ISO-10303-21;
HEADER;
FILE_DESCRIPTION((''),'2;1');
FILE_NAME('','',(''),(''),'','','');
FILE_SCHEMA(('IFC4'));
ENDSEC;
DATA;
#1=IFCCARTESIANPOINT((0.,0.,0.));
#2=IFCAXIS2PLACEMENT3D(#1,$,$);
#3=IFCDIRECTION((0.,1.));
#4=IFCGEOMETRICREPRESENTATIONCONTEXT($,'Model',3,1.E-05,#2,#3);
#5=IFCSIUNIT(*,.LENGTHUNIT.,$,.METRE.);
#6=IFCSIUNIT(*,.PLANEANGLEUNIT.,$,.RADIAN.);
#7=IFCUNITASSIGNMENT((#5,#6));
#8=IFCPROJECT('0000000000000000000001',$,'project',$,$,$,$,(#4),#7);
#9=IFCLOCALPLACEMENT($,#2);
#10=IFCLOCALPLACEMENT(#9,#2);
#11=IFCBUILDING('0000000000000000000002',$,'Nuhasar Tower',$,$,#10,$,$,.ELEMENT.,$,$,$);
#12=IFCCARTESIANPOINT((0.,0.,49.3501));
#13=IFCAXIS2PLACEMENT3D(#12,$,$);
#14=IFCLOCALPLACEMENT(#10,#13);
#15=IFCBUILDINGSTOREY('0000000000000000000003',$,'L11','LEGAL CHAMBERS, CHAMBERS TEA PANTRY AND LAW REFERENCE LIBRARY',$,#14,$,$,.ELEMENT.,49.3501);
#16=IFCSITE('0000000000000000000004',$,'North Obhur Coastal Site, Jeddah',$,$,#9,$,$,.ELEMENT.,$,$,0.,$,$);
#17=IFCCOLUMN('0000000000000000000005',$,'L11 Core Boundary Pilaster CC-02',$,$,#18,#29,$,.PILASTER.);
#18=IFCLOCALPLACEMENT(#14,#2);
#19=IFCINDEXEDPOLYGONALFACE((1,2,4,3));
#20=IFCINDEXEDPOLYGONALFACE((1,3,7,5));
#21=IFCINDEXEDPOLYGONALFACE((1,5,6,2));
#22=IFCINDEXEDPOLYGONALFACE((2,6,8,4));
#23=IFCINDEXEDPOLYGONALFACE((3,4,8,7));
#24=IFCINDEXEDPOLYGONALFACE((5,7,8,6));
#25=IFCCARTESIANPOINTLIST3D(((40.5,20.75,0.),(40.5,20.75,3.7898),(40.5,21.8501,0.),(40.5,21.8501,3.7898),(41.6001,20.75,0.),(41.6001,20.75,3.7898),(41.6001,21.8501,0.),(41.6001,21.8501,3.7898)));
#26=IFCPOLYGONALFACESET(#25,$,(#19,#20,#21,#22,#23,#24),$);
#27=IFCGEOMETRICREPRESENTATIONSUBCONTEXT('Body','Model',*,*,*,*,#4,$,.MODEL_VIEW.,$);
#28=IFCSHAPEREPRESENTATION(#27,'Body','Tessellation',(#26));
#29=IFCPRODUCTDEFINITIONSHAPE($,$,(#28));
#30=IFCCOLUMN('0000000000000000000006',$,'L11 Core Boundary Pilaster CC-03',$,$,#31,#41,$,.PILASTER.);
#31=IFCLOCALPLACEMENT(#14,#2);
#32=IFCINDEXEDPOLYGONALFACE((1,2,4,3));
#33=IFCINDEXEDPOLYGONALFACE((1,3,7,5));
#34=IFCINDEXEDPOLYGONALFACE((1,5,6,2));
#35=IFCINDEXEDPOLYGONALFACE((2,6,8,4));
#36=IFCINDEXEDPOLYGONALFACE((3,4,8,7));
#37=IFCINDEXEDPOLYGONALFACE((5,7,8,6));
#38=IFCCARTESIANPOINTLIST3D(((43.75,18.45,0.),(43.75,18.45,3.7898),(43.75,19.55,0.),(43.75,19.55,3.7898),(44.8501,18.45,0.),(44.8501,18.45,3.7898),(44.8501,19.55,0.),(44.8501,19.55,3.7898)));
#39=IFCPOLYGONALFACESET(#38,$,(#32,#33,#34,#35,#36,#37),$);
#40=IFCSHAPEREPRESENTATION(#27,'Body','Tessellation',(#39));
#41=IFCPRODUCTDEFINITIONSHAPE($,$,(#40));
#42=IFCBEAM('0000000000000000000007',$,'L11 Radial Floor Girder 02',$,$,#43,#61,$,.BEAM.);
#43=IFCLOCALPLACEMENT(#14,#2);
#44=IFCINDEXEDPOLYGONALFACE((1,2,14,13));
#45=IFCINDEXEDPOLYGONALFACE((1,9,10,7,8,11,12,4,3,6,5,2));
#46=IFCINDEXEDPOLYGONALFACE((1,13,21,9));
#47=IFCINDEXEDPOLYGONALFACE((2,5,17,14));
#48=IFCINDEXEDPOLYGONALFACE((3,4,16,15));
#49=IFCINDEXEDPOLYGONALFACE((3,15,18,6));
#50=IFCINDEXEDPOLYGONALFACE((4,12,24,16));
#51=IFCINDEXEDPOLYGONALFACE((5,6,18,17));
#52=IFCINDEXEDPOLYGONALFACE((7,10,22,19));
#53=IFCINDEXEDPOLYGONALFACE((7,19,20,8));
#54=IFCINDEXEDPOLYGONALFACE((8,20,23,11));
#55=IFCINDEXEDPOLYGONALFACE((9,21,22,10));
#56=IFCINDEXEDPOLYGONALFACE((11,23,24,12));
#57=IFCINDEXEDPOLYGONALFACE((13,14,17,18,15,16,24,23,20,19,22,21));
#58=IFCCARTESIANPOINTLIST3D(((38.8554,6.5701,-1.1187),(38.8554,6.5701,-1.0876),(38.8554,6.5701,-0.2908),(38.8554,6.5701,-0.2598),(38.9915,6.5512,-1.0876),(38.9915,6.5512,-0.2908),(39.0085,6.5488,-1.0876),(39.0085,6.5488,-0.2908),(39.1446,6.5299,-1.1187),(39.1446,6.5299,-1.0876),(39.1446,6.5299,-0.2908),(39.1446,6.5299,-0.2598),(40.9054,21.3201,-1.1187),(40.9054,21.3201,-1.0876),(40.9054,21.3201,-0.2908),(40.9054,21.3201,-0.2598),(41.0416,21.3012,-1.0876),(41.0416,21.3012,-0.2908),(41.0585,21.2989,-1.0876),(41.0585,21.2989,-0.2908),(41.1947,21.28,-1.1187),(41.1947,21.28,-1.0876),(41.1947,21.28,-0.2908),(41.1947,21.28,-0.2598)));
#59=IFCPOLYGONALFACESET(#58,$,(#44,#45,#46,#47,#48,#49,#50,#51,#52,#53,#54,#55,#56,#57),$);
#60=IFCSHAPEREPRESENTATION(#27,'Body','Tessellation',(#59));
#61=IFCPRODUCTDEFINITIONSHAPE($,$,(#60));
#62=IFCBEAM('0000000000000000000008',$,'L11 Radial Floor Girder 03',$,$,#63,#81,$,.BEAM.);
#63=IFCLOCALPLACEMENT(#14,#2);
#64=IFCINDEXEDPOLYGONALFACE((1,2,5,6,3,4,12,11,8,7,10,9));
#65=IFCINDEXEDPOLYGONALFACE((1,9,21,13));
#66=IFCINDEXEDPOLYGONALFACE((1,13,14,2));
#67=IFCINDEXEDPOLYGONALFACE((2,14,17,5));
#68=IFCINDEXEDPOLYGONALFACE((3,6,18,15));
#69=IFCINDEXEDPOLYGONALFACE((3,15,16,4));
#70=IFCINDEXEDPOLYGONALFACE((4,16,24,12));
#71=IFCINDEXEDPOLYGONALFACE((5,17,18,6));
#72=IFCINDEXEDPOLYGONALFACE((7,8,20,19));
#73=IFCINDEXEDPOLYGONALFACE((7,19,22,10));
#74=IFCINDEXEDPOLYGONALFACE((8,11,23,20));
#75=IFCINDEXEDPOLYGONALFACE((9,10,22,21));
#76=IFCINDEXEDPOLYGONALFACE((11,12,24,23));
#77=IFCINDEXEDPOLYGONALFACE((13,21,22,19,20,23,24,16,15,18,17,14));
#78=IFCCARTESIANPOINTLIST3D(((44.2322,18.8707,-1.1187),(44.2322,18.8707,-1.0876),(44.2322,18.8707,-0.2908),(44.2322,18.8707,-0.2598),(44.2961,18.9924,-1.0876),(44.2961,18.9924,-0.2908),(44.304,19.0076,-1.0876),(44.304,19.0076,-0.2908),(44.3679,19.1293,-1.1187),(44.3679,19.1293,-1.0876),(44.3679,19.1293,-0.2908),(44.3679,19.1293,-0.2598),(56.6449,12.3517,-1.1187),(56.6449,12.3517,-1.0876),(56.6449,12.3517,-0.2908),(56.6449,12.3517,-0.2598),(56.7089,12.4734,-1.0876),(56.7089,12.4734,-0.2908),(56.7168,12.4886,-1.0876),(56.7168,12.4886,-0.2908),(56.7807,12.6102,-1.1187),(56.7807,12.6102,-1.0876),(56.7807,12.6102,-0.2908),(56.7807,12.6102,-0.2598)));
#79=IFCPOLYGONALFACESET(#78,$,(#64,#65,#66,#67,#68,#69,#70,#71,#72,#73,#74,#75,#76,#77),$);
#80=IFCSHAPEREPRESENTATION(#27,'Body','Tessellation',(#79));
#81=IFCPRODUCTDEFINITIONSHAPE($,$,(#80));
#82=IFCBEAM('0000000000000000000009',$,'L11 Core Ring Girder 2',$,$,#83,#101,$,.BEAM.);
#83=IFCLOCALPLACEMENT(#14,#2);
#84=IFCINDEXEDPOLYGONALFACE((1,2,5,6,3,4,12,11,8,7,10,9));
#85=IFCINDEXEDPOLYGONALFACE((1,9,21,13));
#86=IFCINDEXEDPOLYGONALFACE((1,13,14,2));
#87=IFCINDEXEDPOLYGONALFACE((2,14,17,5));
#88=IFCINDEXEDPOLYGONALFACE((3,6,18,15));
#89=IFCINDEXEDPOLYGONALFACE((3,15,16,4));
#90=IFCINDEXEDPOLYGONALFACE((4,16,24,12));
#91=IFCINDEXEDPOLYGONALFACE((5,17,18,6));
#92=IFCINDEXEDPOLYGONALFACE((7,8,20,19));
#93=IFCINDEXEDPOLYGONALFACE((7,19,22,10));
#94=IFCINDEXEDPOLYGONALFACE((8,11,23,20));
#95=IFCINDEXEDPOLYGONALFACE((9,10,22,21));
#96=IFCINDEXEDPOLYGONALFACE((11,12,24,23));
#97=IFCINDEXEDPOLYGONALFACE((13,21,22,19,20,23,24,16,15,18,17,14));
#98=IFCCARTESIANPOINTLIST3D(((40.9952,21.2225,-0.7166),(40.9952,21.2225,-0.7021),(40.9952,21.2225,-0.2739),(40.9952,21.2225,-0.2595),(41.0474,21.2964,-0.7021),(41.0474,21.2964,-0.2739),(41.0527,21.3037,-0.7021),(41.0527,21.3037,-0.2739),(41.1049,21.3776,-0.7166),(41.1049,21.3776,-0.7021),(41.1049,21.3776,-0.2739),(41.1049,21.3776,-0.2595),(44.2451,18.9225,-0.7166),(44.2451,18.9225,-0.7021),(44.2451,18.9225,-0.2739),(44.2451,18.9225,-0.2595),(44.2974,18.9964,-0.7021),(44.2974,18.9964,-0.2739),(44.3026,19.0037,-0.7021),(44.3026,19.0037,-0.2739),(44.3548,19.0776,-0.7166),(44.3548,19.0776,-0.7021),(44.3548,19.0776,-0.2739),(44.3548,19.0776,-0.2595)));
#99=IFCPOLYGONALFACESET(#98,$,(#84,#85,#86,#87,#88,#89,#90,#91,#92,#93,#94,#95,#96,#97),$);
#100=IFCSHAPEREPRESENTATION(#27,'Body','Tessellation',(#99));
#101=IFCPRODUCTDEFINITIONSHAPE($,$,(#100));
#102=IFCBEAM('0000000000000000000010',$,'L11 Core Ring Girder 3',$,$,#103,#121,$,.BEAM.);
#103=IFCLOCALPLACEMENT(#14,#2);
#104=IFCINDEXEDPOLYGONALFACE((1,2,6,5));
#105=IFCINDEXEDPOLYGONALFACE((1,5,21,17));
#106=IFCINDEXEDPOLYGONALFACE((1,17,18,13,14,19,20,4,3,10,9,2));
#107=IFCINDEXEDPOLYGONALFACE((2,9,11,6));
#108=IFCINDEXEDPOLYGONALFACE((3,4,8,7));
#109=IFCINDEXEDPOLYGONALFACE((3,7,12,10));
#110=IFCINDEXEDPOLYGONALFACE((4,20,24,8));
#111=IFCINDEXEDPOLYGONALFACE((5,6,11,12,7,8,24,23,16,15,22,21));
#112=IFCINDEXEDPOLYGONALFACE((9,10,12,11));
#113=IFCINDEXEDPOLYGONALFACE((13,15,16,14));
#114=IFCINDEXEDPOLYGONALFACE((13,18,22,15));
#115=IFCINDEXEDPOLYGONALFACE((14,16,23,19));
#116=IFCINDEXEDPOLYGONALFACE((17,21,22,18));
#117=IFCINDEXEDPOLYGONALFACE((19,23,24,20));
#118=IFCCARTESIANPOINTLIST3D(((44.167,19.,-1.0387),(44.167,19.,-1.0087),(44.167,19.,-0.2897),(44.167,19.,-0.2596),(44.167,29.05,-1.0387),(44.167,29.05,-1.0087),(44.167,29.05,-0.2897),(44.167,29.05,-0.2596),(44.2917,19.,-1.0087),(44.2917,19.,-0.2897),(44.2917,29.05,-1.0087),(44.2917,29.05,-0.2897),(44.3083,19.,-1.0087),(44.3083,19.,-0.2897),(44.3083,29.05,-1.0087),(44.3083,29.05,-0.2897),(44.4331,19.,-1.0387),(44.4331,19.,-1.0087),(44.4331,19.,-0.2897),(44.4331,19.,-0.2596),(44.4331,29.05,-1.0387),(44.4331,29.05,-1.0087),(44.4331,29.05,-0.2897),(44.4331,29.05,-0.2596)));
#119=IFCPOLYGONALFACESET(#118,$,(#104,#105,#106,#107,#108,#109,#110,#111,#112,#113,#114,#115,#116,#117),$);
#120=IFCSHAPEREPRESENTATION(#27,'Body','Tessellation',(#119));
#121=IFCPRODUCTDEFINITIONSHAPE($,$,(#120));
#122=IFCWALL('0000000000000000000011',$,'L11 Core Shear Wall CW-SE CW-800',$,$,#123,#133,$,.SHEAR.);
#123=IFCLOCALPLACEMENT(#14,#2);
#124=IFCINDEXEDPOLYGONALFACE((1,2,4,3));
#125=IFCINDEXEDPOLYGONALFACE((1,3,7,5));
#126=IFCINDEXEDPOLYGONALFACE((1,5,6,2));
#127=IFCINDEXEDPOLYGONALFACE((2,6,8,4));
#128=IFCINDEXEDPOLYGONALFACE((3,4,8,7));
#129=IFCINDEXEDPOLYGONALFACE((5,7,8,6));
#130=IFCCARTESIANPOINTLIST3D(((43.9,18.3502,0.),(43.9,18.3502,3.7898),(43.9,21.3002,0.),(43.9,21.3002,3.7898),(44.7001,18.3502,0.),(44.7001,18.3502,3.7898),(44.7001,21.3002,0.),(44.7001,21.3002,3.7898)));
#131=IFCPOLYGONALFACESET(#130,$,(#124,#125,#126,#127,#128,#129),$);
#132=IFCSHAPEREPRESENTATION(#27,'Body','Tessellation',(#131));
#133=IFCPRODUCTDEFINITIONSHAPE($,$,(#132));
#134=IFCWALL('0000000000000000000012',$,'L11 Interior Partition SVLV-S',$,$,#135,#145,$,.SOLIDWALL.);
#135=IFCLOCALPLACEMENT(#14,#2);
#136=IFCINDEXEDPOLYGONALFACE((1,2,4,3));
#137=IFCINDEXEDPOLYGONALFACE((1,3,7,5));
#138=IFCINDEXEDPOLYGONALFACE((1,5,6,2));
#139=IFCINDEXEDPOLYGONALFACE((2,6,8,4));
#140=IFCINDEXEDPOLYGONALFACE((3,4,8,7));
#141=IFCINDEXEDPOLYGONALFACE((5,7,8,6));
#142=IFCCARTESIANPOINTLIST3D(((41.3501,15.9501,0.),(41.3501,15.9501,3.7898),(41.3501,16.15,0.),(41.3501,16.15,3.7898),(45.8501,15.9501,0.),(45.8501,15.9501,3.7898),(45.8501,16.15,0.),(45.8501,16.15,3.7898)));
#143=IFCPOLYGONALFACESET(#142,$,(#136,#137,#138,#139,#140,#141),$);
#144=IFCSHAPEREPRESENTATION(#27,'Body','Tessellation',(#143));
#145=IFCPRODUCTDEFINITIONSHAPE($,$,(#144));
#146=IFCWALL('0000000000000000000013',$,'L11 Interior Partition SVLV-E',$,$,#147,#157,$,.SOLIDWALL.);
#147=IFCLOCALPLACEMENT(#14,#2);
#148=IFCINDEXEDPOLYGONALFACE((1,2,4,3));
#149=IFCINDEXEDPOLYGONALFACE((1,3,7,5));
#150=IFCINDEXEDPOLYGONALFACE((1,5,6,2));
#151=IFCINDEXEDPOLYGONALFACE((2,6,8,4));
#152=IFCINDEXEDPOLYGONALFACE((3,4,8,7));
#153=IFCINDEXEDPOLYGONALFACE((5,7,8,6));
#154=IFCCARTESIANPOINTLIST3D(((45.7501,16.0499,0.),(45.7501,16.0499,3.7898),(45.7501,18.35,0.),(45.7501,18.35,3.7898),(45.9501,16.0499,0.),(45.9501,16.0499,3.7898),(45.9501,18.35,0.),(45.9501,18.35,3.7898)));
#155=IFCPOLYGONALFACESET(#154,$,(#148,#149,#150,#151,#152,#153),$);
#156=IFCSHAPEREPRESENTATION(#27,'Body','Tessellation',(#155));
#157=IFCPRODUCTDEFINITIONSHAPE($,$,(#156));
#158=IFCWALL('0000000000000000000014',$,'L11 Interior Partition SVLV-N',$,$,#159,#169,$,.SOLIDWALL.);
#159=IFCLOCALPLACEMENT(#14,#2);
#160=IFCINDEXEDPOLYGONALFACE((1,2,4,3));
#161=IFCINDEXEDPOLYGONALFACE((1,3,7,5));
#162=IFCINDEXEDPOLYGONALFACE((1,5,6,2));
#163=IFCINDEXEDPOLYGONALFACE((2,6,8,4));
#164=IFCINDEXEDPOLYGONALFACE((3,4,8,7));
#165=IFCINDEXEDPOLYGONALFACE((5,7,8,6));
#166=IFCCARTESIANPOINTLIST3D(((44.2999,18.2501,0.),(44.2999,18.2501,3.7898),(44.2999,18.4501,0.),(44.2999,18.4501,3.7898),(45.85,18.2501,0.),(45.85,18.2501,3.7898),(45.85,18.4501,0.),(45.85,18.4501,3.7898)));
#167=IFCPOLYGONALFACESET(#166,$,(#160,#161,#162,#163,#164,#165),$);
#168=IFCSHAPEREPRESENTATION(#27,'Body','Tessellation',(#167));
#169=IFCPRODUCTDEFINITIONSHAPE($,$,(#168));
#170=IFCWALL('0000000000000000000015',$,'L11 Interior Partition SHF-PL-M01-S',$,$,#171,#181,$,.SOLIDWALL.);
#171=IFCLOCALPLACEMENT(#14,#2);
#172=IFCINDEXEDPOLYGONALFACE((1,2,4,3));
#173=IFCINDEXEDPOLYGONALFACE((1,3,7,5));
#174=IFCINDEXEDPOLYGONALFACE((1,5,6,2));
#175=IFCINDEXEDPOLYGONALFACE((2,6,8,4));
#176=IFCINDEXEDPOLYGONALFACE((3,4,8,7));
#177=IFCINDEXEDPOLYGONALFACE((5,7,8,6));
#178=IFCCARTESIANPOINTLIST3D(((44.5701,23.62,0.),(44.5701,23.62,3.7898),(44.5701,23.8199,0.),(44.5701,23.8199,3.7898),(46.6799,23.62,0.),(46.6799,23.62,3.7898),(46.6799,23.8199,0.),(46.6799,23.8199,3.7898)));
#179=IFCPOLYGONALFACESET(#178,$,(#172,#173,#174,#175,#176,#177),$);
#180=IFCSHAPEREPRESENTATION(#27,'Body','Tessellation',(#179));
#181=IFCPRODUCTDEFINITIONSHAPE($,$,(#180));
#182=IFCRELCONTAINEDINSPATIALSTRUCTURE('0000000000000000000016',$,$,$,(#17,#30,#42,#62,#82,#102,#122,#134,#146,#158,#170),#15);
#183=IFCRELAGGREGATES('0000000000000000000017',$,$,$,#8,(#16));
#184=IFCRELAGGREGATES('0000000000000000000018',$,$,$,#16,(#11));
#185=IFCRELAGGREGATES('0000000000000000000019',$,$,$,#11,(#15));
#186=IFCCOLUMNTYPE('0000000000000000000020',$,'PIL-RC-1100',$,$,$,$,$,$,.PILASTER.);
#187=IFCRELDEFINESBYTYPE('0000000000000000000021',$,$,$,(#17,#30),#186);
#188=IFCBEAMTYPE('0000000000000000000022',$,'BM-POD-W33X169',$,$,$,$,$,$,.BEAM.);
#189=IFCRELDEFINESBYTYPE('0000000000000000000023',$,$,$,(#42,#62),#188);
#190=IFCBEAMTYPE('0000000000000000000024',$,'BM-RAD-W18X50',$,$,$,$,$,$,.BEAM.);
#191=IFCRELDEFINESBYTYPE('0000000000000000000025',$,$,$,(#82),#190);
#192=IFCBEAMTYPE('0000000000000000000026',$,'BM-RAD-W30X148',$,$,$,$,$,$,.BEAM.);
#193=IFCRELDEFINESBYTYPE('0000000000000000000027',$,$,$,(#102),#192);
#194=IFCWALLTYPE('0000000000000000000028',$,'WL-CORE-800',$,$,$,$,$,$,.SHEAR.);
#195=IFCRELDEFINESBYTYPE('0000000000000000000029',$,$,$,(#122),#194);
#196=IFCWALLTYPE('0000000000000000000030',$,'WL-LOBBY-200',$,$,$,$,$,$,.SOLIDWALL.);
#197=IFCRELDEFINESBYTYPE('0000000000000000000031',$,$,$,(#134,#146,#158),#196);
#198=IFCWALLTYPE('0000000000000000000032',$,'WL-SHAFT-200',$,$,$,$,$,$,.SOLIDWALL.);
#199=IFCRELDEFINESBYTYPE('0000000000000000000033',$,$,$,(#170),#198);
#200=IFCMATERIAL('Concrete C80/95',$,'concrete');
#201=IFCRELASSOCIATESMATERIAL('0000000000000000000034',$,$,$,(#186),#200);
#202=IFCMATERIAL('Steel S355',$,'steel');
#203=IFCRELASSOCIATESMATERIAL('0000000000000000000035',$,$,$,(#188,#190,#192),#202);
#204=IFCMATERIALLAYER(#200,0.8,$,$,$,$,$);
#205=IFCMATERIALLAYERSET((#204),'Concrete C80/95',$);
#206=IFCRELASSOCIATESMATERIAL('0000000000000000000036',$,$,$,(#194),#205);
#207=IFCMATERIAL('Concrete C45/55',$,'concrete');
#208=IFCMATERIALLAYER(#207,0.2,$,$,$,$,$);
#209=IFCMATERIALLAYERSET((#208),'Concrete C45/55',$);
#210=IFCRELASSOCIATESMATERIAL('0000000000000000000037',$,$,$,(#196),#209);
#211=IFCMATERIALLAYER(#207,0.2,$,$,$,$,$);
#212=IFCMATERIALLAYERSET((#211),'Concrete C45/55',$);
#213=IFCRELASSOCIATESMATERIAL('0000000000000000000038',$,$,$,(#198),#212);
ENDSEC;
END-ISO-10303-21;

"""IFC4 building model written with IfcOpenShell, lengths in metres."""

from ifc_helpers import new_model, si_unit, direction, frame, frame_2d, origin, origin_2d, place, context, subcontext, project, spatial, rectangle, i_section, extrude, material, layer, layer_set, material_profile, profile_set, type_object, element, save


model = new_model("IFC4")

# Units and contexts
model_context = context("Model", 3, precision=1e-05, world=origin(), true_north=direction((0.0, 1.0)))
body_context = subcontext(model_context, "Body", "Model", "MODEL_VIEW")
ifc_project = project(units=[si_unit("LENGTHUNIT", "METRE"), si_unit("PLANEANGLEUNIT", "RADIAN")], contexts=[model_context])

# Site, building, storey
site_placement = place(None, origin())
site = spatial("IfcSite", under=ifc_project, at=site_placement, Name="North Obhur Coastal Site, Jeddah", CompositionType="ELEMENT", RefElevation=0.0)
building_placement = place(site_placement, origin())
building = spatial("IfcBuilding", under=site, at=building_placement, Name="Nuhasar Tower", CompositionType="ELEMENT")
storey_placement = place(building_placement, frame((0.0, 0.0, 49.3501)))
storey = spatial("IfcBuildingStorey", under=building, at=storey_placement, Name="L11", Description="LEGAL CHAMBERS, CHAMBERS TEA PANTRY AND LAW REFERENCE LIBRARY", CompositionType="ELEMENT", Elevation=49.3501)

# Columns
ifc_material_1 = material(Name="Concrete C80/95", Category="concrete")
ifc_material_profile_1 = material_profile(ifc_material_1, rectangle(XDim=1.1001, YDim=1.1001, at=origin_2d()), Name="RC1100X1100")
ifc_profile_set_1 = profile_set([ifc_material_profile_1], Name="Concrete C80/95")
column_type = type_object("IfcColumnType", Name="PIL-RC-1100", PredefinedType="PILASTER", material=ifc_profile_set_1)
for number, where, z_axis, x_axis, name in (
    (1, (41.05, 21.3, 0.0), (0.0, 0.0, 1.0), (1.0, 0.0, 0.0), "L11 Core Boundary Pilaster CC-02"),
    (2, (44.3, 19.0, 0.0), (0.0, 0.0, 1.0), (1.0, 0.0, 0.0), "L11 Core Boundary Pilaster CC-03"),
):
    element("IfcColumn", number, at=place(storey_placement, frame(where, z_axis=z_axis, x_axis=x_axis)), inside=storey, type_object=column_type, Name=name, PredefinedType="PILASTER", context=body_context, shape_type="SweptSolid", body=[
        extrude(rectangle(XDim=1.1001, YDim=1.1001, at=origin_2d()), origin(), (0.0, 0.0, 1.0), 3.7898),
    ])

# Beams
ifc_material_2 = material(Name="Steel S355", Category="steel")
ifc_material_profile_2 = material_profile(ifc_material_2, i_section(OverallWidth=0.292, OverallDepth=0.8589, WebThickness=0.0171, FlangeThickness=0.031, at=origin_2d()), Name="W33X169")
ifc_profile_set_2 = profile_set([ifc_material_profile_2], Name="Steel S355")
beam_type_1 = type_object("IfcBeamType", Name="BM-POD-W33X169", PredefinedType="BEAM", material=ifc_profile_set_2)
beam_1_placement = place(storey_placement, frame((41.05, 21.3, -0.6892), z_axis=(-0.137663, -0.990479, 0.0), x_axis=(0.990479, -0.137663, 0.0)))
element("IfcBeam", 3, at=beam_1_placement, inside=storey, type_object=beam_type_1, Name="L11 Radial Floor Girder 02", PredefinedType="BEAM", context=body_context, shape_type="SweptSolid", body=[
    extrude(i_section(OverallWidth=0.292, OverallDepth=0.8589, WebThickness=0.0171, FlangeThickness=0.031, at=origin_2d()), origin(), (0.0, 0.0, 1.0), 14.8918),
])
beam_2_placement = place(storey_placement, frame((44.3, 19.0, -0.6892), z_axis=(0.88533, -0.464963, 0.0), x_axis=(0.464963, 0.88533, 0.0)))
element("IfcBeam", 4, at=beam_2_placement, inside=storey, type_object=beam_type_1, Name="L11 Radial Floor Girder 03", PredefinedType="BEAM", context=body_context, shape_type="SweptSolid", body=[
    extrude(i_section(OverallWidth=0.292, OverallDepth=0.8589, WebThickness=0.0171, FlangeThickness=0.031, at=origin_2d()), origin(), (0.0, 0.0, 1.0), 14.0205),
])
ifc_material_profile_3 = material_profile(ifc_material_2, i_section(OverallWidth=0.1899, OverallDepth=0.457, WebThickness=0.009, FlangeThickness=0.0144, at=origin_2d()), Name="W18X50")
ifc_profile_set_3 = profile_set([ifc_material_profile_3], Name="Steel S355")
beam_type_2 = type_object("IfcBeamType", Name="BM-RAD-W18X50", PredefinedType="BEAM", material=ifc_profile_set_3)
beam_3_placement = place(storey_placement, frame((41.05, 21.3, -0.488), z_axis=(0.816265, -0.577677, 0.0), x_axis=(0.577677, 0.816265, 0.0)))
element("IfcBeam", 5, at=beam_3_placement, inside=storey, type_object=beam_type_2, Name="L11 Core Ring Girder 2", PredefinedType="BEAM", context=body_context, shape_type="SweptSolid", body=[
    extrude(i_section(OverallWidth=0.1899, OverallDepth=0.457, WebThickness=0.009, FlangeThickness=0.0144, at=origin_2d()), origin(), (0.0, 0.0, 1.0), 3.9814),
])
ifc_material_profile_4 = material_profile(ifc_material_2, i_section(OverallWidth=0.2661, OverallDepth=0.7791, WebThickness=0.0166, FlangeThickness=0.03, at=origin_2d()), Name="W30X148")
ifc_profile_set_4 = profile_set([ifc_material_profile_4], Name="Steel S355")
beam_type_3 = type_object("IfcBeamType", Name="BM-RAD-W30X148", PredefinedType="BEAM", material=ifc_profile_set_4)
beam_4_placement = place(storey_placement, frame((44.3, 19.0, -0.6492), z_axis=(0.0, 1.0, 0.0), x_axis=(-1.0, 0.0, 0.0)))
element("IfcBeam", 6, at=beam_4_placement, inside=storey, type_object=beam_type_3, Name="L11 Core Ring Girder 3", PredefinedType="BEAM", context=body_context, shape_type="SweptSolid", body=[
    extrude(i_section(OverallWidth=0.2661, OverallDepth=0.7791, WebThickness=0.0166, FlangeThickness=0.03, at=origin_2d()), origin(), (0.0, 0.0, 1.0), 10.05),
])

# Wall
ifc_layer_1 = layer(ifc_material_1, 0.8)
ifc_layer_set_1 = layer_set([ifc_layer_1], Name="Concrete C80/95")
wall_type_1 = type_object("IfcWallType", Name="WL-CORE-800", PredefinedType="SHEAR", material=ifc_layer_set_1)
wall_1_placement = place(storey_placement, frame((44.3, 18.3501, 0.0), z_axis=(0.0, 0.0, 1.0), x_axis=(0.0, 1.0, 0.0)))
element("IfcWall", 7, at=wall_1_placement, inside=storey, type_object=wall_type_1, Name="L11 Core Shear Wall CW-SE CW-800", PredefinedType="SHEAR", context=body_context, shape_type="SweptSolid", body=[
    extrude(rectangle(XDim=2.95, YDim=0.8, at=frame_2d((1.4751, 0.0))), origin(), (0.0, 0.0, 1.0), 3.7898),
])

# Shared definitions
ifc_material_3 = material(Name="Concrete C45/55", Category="concrete")
ifc_layer_2 = layer(ifc_material_3, 0.2)
ifc_layer_set_2 = layer_set([ifc_layer_2], Name="Concrete C45/55")
wall_type_2 = type_object("IfcWallType", Name="WL-LOBBY-200", PredefinedType="SOLIDWALL", material=ifc_layer_set_2)

# Walls
wall_2_placement = place(storey_placement, frame((41.3501, 16.05, 0.0), z_axis=(0.0, 0.0, 1.0), x_axis=(1.0, 0.0, 0.0)))
element("IfcWall", 8, at=wall_2_placement, inside=storey, type_object=wall_type_2, Name="L11 Interior Partition SVLV-S", PredefinedType="SOLIDWALL", context=body_context, shape_type="SweptSolid", body=[
    extrude(rectangle(XDim=4.5, YDim=0.2, at=frame_2d((2.25, 0.0))), origin(), (0.0, 0.0, 1.0), 3.7898),
])
wall_3_placement = place(storey_placement, frame((45.8501, 16.05, 0.0), z_axis=(0.0, 0.0, 1.0), x_axis=(0.0, 1.0, 0.0)))
element("IfcWall", 9, at=wall_3_placement, inside=storey, type_object=wall_type_2, Name="L11 Interior Partition SVLV-E", PredefinedType="SOLIDWALL", context=body_context, shape_type="SweptSolid", body=[
    extrude(rectangle(XDim=2.3, YDim=0.2, at=frame_2d((1.1499, 0.0))), origin(), (0.0, 0.0, 1.0), 3.7898),
])
wall_4_placement = place(storey_placement, frame((44.3, 18.3501, 0.0), z_axis=(0.0, 0.0, 1.0), x_axis=(1.0, 0.0, 0.0)))
element("IfcWall", 10, at=wall_4_placement, inside=storey, type_object=wall_type_2, Name="L11 Interior Partition SVLV-N", PredefinedType="SOLIDWALL", context=body_context, shape_type="SweptSolid", body=[
    extrude(rectangle(XDim=1.55, YDim=0.2, at=frame_2d((0.7749, 0.0))), origin(), (0.0, 0.0, 1.0), 3.7898),
])
ifc_layer_3 = layer(ifc_material_3, 0.2)
ifc_layer_set_3 = layer_set([ifc_layer_3], Name="Concrete C45/55")
wall_type_3 = type_object("IfcWallType", Name="WL-SHAFT-200", PredefinedType="SOLIDWALL", material=ifc_layer_set_3)
for number, where, z_axis, x_axis, name in (
    (11, (44.5701, 23.72, 0.0), (0.0, 0.0, 1.0), (1.0, 0.0, 0.0), "L11 Interior Partition SHF-PL-M01-S"),
):
    element("IfcWall", number, at=place(storey_placement, frame(where, z_axis=z_axis, x_axis=x_axis)), inside=storey, type_object=wall_type_3, Name=name, PredefinedType="SOLIDWALL", context=body_context, shape_type="SweptSolid", body=[
        extrude(rectangle(XDim=2.1099, YDim=0.2, at=frame_2d((1.0549, 0.0))), origin(), (0.0, 0.0, 1.0), 3.7898),
    ])

save(model, "model.ifc")
